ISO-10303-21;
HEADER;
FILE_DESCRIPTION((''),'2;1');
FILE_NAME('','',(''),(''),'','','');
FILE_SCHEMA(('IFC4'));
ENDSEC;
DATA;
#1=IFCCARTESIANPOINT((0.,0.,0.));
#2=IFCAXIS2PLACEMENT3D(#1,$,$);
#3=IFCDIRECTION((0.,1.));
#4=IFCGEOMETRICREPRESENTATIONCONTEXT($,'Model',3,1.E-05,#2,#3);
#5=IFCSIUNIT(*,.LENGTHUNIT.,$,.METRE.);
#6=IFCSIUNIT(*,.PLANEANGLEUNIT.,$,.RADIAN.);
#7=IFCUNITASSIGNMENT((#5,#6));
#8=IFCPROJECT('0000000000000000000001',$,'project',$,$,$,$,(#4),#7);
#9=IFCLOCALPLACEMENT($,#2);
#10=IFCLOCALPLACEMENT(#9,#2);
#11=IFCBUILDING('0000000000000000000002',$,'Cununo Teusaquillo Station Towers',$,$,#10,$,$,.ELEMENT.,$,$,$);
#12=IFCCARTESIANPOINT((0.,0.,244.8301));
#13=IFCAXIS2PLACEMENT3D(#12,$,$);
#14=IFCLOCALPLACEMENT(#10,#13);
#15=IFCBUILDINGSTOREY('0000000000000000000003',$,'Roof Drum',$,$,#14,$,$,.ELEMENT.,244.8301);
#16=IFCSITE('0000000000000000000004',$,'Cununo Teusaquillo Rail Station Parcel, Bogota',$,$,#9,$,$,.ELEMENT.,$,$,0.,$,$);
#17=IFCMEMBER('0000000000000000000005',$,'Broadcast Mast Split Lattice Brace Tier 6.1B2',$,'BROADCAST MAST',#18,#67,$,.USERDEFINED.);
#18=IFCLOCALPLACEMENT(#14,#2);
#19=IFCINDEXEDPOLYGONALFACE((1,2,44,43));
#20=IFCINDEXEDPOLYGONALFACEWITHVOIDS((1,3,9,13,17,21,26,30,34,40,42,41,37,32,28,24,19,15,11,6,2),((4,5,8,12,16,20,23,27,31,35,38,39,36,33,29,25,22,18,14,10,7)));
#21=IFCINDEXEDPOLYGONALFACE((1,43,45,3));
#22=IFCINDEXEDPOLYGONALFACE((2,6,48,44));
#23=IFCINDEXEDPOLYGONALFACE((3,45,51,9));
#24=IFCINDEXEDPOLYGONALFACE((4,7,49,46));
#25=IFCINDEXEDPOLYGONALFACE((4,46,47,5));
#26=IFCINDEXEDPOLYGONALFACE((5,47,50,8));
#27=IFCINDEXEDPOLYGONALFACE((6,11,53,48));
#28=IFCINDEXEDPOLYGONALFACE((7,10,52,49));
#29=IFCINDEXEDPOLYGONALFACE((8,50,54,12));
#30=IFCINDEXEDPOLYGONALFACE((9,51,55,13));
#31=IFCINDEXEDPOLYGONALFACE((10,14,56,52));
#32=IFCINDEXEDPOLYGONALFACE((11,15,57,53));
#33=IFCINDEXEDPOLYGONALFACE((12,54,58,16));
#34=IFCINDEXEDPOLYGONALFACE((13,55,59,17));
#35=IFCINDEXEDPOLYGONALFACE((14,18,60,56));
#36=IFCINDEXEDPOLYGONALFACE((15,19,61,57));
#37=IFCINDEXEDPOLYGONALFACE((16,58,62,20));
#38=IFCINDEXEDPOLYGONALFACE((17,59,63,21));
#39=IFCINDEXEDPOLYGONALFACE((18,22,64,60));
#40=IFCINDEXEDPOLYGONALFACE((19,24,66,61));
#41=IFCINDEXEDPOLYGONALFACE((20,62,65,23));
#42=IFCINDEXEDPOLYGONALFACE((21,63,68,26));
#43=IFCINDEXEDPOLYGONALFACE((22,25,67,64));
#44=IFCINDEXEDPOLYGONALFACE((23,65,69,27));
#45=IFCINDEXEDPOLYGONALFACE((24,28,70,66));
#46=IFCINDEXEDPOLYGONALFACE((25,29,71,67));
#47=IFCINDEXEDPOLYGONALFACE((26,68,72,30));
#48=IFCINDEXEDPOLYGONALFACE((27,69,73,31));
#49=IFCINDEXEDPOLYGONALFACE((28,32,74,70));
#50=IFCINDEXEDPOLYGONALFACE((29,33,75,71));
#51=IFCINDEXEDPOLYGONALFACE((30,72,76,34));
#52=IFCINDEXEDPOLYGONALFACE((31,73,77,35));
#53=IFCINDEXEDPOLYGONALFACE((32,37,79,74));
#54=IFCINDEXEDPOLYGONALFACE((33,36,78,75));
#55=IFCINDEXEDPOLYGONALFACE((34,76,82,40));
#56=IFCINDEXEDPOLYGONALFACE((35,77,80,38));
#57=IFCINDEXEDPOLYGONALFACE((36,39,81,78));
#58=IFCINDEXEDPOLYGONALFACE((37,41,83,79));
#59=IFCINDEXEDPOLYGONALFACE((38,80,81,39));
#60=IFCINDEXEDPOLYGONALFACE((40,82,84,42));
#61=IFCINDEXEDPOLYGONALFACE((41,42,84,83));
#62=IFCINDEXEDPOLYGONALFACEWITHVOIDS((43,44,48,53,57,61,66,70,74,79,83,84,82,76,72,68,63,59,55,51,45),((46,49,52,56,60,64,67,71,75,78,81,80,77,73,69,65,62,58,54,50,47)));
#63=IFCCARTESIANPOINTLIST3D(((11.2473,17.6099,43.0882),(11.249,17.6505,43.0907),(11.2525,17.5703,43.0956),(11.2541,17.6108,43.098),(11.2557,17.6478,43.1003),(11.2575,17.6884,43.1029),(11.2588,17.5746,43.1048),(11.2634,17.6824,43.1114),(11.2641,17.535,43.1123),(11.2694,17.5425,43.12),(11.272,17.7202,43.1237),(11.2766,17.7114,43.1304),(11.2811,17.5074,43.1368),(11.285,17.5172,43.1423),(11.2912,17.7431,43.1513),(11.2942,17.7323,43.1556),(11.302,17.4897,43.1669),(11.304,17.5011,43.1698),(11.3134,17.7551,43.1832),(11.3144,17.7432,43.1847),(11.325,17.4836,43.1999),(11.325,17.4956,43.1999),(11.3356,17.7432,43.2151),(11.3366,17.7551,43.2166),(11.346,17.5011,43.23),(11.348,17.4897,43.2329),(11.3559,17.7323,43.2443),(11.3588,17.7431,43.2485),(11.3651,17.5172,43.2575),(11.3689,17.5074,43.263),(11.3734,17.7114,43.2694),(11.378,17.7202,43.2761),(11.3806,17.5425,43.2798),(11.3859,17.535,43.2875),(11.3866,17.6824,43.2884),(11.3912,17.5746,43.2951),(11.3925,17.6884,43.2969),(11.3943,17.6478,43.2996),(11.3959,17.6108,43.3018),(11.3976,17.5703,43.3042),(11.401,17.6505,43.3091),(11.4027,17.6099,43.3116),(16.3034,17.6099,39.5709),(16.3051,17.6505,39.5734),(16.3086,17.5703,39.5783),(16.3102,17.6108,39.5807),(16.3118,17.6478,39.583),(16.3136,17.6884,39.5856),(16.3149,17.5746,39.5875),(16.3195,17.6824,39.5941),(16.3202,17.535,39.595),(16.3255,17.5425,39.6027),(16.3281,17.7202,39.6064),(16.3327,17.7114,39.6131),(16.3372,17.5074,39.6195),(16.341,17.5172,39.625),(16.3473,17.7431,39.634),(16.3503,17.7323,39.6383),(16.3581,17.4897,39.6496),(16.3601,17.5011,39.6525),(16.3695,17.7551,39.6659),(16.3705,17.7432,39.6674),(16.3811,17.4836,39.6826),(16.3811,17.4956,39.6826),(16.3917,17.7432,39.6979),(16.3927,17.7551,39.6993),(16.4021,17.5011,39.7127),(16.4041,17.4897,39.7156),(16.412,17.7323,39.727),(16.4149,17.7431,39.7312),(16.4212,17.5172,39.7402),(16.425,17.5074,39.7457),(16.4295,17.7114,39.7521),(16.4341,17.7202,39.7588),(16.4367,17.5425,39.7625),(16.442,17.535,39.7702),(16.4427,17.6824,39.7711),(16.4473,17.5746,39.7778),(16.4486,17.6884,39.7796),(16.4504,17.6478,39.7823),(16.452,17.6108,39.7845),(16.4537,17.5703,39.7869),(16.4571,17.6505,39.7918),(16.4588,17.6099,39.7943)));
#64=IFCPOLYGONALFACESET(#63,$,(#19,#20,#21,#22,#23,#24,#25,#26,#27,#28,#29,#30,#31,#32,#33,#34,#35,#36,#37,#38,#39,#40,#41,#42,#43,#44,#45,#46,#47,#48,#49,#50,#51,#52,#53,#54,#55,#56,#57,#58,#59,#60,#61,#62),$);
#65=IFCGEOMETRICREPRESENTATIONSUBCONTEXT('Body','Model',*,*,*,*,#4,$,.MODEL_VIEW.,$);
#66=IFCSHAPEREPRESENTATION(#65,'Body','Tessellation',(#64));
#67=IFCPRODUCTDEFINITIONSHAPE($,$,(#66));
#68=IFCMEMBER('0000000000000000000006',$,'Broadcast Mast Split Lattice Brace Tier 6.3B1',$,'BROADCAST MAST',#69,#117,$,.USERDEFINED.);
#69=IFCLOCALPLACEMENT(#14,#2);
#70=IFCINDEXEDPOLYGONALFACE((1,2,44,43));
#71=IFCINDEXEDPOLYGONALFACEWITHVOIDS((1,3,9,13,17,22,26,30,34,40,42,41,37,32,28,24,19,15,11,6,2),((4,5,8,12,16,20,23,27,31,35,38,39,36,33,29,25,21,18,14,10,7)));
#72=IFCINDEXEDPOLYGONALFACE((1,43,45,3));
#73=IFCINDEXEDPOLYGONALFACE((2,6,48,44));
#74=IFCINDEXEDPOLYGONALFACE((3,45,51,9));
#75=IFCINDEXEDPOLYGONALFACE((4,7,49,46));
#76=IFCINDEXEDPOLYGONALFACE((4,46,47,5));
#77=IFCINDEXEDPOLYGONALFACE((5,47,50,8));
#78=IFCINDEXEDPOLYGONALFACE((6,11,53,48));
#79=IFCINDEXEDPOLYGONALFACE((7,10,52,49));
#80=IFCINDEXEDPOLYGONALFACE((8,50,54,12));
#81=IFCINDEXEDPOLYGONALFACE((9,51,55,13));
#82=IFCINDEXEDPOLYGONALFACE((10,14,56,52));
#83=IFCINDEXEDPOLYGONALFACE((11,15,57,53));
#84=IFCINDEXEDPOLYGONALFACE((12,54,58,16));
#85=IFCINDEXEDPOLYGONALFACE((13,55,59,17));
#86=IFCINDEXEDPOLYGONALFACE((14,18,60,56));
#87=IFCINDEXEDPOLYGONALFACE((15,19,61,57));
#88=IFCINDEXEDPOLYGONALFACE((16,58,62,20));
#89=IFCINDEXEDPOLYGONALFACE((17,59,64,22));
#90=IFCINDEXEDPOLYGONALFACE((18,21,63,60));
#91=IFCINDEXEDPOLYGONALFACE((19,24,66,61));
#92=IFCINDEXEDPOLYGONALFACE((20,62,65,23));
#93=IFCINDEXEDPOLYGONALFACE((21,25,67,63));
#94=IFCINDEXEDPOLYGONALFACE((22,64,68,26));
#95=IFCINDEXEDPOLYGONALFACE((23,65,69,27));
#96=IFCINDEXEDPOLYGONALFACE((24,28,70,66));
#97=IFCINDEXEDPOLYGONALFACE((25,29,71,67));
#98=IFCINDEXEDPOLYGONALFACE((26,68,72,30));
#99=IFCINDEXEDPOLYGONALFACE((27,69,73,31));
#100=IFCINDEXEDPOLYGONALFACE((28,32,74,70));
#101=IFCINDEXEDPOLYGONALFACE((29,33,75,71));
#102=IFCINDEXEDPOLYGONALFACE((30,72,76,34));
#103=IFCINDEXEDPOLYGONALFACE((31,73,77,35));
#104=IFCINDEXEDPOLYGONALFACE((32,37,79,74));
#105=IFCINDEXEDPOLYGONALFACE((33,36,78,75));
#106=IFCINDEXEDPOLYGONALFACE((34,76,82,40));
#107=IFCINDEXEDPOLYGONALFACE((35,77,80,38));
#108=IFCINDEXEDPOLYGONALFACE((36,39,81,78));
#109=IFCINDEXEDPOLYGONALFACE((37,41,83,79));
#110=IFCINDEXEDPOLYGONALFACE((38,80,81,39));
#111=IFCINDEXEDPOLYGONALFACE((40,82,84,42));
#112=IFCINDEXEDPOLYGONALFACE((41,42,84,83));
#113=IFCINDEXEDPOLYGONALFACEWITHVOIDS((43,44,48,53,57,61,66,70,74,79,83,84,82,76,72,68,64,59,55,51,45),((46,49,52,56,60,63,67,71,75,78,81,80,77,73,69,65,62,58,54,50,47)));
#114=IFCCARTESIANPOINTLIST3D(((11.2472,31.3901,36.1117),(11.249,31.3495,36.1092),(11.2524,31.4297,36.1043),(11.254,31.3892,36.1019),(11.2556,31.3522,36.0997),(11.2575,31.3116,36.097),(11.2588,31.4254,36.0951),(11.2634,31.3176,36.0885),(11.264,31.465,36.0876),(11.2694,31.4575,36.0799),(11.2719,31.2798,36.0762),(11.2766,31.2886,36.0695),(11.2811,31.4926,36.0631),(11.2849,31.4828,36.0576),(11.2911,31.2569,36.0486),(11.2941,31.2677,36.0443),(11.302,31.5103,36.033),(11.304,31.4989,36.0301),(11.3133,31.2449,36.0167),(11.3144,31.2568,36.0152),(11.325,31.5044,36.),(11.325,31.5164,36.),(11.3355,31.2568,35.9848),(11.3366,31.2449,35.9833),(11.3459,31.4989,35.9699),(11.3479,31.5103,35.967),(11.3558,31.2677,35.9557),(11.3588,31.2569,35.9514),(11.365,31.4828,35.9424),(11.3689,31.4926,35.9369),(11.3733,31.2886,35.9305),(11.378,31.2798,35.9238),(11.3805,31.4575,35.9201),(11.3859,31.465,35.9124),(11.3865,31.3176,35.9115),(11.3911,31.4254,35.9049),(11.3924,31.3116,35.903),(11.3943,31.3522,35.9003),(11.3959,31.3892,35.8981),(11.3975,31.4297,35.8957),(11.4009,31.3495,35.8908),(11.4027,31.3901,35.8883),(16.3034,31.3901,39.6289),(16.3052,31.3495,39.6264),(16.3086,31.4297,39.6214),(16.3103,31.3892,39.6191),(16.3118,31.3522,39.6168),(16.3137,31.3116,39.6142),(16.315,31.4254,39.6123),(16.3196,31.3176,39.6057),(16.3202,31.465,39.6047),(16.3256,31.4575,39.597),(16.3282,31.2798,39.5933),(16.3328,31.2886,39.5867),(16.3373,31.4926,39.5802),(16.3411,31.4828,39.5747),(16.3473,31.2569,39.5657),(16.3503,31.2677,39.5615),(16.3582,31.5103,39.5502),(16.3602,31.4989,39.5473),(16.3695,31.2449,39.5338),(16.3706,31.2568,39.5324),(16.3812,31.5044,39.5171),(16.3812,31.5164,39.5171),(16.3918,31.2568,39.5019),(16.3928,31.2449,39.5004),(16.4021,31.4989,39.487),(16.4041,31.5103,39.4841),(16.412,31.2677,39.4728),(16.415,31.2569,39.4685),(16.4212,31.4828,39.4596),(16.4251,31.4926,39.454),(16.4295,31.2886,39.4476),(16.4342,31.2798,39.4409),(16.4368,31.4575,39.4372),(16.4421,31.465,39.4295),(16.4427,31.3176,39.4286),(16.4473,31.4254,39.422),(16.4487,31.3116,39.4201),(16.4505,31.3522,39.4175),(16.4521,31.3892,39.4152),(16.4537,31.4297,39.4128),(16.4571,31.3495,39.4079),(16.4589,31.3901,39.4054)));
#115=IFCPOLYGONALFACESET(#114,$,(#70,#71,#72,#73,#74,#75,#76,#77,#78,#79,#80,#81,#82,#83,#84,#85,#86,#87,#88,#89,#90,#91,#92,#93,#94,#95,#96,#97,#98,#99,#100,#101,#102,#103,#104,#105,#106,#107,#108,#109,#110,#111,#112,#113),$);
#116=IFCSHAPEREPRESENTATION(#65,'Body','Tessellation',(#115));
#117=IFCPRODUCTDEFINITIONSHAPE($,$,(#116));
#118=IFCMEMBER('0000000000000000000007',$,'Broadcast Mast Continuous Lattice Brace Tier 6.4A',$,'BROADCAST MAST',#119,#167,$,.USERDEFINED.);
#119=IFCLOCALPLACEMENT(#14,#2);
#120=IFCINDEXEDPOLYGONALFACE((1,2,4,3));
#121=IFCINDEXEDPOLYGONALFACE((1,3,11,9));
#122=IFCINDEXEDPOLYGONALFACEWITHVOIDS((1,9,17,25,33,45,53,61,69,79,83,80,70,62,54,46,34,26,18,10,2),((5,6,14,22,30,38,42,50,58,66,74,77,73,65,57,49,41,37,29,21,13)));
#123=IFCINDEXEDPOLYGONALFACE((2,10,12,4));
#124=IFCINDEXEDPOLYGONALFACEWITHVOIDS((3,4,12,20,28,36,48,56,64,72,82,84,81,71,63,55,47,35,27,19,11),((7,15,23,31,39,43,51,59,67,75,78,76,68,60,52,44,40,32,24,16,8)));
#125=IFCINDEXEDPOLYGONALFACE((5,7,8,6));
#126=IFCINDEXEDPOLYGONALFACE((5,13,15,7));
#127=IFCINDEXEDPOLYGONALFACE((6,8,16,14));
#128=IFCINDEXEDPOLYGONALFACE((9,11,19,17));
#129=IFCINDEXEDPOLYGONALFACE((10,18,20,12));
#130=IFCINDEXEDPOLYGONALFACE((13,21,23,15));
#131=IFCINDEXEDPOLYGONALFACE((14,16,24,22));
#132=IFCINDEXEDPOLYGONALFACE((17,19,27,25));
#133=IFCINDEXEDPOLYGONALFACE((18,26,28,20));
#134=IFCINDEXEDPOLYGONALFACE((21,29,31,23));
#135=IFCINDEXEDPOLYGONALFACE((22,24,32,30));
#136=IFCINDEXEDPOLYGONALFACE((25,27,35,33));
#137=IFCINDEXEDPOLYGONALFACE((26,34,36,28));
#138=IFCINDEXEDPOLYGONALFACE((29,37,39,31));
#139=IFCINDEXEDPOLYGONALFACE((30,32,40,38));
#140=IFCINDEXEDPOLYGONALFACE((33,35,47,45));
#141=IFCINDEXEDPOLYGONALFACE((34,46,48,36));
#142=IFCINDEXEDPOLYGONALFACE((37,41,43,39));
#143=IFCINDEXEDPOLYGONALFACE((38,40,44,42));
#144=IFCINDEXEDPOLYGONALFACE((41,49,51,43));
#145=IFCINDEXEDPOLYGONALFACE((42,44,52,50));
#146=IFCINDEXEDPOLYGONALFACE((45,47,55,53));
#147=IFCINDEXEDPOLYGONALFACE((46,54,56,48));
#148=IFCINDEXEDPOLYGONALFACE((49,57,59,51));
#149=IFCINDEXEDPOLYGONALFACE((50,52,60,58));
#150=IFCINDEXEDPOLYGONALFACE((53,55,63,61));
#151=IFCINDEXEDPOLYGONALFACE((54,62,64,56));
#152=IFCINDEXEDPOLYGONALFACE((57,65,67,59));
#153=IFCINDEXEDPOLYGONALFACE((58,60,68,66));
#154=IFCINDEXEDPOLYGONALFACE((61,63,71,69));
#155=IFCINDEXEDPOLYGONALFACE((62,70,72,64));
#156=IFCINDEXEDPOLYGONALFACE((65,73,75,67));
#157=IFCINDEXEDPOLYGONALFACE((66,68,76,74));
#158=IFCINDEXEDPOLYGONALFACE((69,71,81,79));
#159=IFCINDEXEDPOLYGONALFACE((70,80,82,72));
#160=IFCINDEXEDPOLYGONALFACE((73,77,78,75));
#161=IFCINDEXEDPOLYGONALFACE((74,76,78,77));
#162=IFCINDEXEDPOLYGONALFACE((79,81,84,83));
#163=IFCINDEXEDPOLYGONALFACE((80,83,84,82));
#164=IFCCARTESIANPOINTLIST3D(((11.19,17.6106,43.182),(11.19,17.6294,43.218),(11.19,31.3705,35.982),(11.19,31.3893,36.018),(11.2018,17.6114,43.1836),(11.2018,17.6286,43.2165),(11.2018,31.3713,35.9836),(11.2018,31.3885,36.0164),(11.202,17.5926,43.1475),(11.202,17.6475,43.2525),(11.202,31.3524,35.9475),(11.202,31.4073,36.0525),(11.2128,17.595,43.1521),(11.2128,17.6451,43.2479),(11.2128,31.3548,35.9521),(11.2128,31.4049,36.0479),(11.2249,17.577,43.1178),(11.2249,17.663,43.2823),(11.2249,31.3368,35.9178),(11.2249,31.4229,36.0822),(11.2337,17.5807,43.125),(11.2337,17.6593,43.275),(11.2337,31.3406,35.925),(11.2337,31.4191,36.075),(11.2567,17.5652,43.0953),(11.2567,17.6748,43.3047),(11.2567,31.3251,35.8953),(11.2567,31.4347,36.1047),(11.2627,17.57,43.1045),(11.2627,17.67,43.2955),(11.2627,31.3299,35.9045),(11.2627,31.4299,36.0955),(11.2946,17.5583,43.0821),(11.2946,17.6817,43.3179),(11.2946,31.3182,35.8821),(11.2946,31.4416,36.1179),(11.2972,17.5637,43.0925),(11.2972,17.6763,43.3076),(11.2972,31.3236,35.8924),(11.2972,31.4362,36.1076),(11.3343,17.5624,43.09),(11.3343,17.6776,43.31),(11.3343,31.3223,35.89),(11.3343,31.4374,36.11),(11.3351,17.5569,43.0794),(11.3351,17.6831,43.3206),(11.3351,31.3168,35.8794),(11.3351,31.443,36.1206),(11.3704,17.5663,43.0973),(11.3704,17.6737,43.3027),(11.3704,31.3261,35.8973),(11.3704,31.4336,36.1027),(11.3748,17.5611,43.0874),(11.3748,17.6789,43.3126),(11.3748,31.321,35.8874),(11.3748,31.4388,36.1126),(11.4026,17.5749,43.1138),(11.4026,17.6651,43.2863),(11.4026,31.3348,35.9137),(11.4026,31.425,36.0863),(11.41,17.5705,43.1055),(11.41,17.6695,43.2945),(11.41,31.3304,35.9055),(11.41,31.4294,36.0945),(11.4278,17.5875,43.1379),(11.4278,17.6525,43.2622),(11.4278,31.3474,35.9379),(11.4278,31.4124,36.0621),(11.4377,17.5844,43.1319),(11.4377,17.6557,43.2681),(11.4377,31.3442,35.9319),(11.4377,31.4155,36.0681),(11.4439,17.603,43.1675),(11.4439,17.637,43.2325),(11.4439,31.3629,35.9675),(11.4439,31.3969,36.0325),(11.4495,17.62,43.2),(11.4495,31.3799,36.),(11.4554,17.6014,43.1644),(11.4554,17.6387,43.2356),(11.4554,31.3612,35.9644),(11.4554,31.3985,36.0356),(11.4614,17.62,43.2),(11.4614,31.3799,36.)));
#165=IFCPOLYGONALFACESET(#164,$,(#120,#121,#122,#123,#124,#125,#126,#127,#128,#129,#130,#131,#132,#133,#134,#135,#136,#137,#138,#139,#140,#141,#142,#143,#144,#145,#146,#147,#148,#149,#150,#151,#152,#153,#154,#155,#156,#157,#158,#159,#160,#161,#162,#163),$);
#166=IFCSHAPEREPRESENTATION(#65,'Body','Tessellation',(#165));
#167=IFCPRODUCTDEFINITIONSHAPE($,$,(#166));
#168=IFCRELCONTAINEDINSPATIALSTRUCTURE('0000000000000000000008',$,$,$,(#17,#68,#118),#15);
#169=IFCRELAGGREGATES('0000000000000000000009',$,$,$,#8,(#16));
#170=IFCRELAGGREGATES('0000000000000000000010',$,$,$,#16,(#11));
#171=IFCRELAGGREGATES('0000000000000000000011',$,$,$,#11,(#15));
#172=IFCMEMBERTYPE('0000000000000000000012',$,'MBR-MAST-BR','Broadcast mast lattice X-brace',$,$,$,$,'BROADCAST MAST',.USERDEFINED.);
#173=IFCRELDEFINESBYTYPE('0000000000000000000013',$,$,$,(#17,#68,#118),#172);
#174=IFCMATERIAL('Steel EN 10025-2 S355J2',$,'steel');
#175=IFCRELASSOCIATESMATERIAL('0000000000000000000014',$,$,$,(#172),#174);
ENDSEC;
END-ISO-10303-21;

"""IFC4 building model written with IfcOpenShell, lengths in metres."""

from ifc_helpers import new_model, si_unit, direction, frame, origin, origin_2d, place, context, subcontext, project, spatial, hollow_circle, extrude, material, material_profile, profile_set, type_object, element, save


model = new_model("IFC4")

# Units and contexts
model_context = context("Model", 3, precision=1e-05, world=origin(), true_north=direction((0.0, 1.0)))
body_context = subcontext(model_context, "Body", "Model", "MODEL_VIEW")
ifc_project = project(units=[si_unit("LENGTHUNIT", "METRE"), si_unit("PLANEANGLEUNIT", "RADIAN")], contexts=[model_context])

# Site, building, storey
site_placement = place(None, origin())
site = spatial("IfcSite", under=ifc_project, at=site_placement, Name="Cununo Teusaquillo Rail Station Parcel, Bogota", CompositionType="ELEMENT", RefElevation=0.0)
building_placement = place(site_placement, origin())
building = spatial("IfcBuilding", under=site, at=building_placement, Name="Cununo Teusaquillo Station Towers", CompositionType="ELEMENT")
storey_placement = place(building_placement, frame((0.0, 0.0, 244.8301)))
storey = spatial("IfcBuildingStorey", under=building, at=storey_placement, Name="Roof Drum", CompositionType="ELEMENT", Elevation=244.8301)

# Members
ifc_material_1 = material(Name="Steel EN 10025-2 S355J2", Category="steel")
ifc_material_profile_1 = material_profile(ifc_material_1, hollow_circle(Radius=0.1365, WallThickness=0.012, at=origin_2d()), Name="CHS 273x12")
ifc_profile_set_1 = profile_set([ifc_material_profile_1], Name="Steel EN 10025-2 S355J2")
member_type_1 = type_object("IfcMemberType", Name="MBR-MAST-BR", Description="Broadcast mast lattice X-brace", ElementType="BROADCAST MAST", PredefinedType="USERDEFINED", material=ifc_profile_set_1)
for number, where, z_axis, x_axis, name in (
    (1, (16.3811, 17.6201, 39.6826), (-0.820904, 0.0, 0.571066), (0.0, -1.0, 0.0), "Broadcast Mast Split Lattice Brace Tier 6.1B2"),
    (2, (11.325, 31.3799, 36.0), (0.820923, 0.0, 0.571039), (0.0, 1.0, 0.0), "Broadcast Mast Split Lattice Brace Tier 6.3B1"),
):
    element("IfcMember", number, at=place(storey_placement, frame(where, z_axis=z_axis, x_axis=x_axis)), inside=storey, type_object=member_type_1, Name=name, ObjectType="BROADCAST MAST", PredefinedType="USERDEFINED", context=body_context, shape_type="SweptSolid", body=[
        extrude(hollow_circle(Radius=0.1365, WallThickness=0.012, at=origin_2d()), origin(), (0.0, 0.0, 1.0), 6.1592),
    ])
member_1_placement = place(storey_placement, frame((11.325, 31.3799, 36.0), z_axis=(0.0, -0.886031, 0.463626), x_axis=(1.0, 0.0, 0.0)))
element("IfcMember", 3, at=member_1_placement, inside=storey, type_object=member_type_1, Name="Broadcast Mast Continuous Lattice Brace Tier 6.4A", ObjectType="BROADCAST MAST", PredefinedType="USERDEFINED", context=body_context, shape_type="SweptSolid", body=[
    extrude(hollow_circle(Radius=0.1365, WallThickness=0.012, at=origin_2d()), origin(), (0.0, 0.0, 1.0), 15.5298),
])

save(model, "model.ifc")
